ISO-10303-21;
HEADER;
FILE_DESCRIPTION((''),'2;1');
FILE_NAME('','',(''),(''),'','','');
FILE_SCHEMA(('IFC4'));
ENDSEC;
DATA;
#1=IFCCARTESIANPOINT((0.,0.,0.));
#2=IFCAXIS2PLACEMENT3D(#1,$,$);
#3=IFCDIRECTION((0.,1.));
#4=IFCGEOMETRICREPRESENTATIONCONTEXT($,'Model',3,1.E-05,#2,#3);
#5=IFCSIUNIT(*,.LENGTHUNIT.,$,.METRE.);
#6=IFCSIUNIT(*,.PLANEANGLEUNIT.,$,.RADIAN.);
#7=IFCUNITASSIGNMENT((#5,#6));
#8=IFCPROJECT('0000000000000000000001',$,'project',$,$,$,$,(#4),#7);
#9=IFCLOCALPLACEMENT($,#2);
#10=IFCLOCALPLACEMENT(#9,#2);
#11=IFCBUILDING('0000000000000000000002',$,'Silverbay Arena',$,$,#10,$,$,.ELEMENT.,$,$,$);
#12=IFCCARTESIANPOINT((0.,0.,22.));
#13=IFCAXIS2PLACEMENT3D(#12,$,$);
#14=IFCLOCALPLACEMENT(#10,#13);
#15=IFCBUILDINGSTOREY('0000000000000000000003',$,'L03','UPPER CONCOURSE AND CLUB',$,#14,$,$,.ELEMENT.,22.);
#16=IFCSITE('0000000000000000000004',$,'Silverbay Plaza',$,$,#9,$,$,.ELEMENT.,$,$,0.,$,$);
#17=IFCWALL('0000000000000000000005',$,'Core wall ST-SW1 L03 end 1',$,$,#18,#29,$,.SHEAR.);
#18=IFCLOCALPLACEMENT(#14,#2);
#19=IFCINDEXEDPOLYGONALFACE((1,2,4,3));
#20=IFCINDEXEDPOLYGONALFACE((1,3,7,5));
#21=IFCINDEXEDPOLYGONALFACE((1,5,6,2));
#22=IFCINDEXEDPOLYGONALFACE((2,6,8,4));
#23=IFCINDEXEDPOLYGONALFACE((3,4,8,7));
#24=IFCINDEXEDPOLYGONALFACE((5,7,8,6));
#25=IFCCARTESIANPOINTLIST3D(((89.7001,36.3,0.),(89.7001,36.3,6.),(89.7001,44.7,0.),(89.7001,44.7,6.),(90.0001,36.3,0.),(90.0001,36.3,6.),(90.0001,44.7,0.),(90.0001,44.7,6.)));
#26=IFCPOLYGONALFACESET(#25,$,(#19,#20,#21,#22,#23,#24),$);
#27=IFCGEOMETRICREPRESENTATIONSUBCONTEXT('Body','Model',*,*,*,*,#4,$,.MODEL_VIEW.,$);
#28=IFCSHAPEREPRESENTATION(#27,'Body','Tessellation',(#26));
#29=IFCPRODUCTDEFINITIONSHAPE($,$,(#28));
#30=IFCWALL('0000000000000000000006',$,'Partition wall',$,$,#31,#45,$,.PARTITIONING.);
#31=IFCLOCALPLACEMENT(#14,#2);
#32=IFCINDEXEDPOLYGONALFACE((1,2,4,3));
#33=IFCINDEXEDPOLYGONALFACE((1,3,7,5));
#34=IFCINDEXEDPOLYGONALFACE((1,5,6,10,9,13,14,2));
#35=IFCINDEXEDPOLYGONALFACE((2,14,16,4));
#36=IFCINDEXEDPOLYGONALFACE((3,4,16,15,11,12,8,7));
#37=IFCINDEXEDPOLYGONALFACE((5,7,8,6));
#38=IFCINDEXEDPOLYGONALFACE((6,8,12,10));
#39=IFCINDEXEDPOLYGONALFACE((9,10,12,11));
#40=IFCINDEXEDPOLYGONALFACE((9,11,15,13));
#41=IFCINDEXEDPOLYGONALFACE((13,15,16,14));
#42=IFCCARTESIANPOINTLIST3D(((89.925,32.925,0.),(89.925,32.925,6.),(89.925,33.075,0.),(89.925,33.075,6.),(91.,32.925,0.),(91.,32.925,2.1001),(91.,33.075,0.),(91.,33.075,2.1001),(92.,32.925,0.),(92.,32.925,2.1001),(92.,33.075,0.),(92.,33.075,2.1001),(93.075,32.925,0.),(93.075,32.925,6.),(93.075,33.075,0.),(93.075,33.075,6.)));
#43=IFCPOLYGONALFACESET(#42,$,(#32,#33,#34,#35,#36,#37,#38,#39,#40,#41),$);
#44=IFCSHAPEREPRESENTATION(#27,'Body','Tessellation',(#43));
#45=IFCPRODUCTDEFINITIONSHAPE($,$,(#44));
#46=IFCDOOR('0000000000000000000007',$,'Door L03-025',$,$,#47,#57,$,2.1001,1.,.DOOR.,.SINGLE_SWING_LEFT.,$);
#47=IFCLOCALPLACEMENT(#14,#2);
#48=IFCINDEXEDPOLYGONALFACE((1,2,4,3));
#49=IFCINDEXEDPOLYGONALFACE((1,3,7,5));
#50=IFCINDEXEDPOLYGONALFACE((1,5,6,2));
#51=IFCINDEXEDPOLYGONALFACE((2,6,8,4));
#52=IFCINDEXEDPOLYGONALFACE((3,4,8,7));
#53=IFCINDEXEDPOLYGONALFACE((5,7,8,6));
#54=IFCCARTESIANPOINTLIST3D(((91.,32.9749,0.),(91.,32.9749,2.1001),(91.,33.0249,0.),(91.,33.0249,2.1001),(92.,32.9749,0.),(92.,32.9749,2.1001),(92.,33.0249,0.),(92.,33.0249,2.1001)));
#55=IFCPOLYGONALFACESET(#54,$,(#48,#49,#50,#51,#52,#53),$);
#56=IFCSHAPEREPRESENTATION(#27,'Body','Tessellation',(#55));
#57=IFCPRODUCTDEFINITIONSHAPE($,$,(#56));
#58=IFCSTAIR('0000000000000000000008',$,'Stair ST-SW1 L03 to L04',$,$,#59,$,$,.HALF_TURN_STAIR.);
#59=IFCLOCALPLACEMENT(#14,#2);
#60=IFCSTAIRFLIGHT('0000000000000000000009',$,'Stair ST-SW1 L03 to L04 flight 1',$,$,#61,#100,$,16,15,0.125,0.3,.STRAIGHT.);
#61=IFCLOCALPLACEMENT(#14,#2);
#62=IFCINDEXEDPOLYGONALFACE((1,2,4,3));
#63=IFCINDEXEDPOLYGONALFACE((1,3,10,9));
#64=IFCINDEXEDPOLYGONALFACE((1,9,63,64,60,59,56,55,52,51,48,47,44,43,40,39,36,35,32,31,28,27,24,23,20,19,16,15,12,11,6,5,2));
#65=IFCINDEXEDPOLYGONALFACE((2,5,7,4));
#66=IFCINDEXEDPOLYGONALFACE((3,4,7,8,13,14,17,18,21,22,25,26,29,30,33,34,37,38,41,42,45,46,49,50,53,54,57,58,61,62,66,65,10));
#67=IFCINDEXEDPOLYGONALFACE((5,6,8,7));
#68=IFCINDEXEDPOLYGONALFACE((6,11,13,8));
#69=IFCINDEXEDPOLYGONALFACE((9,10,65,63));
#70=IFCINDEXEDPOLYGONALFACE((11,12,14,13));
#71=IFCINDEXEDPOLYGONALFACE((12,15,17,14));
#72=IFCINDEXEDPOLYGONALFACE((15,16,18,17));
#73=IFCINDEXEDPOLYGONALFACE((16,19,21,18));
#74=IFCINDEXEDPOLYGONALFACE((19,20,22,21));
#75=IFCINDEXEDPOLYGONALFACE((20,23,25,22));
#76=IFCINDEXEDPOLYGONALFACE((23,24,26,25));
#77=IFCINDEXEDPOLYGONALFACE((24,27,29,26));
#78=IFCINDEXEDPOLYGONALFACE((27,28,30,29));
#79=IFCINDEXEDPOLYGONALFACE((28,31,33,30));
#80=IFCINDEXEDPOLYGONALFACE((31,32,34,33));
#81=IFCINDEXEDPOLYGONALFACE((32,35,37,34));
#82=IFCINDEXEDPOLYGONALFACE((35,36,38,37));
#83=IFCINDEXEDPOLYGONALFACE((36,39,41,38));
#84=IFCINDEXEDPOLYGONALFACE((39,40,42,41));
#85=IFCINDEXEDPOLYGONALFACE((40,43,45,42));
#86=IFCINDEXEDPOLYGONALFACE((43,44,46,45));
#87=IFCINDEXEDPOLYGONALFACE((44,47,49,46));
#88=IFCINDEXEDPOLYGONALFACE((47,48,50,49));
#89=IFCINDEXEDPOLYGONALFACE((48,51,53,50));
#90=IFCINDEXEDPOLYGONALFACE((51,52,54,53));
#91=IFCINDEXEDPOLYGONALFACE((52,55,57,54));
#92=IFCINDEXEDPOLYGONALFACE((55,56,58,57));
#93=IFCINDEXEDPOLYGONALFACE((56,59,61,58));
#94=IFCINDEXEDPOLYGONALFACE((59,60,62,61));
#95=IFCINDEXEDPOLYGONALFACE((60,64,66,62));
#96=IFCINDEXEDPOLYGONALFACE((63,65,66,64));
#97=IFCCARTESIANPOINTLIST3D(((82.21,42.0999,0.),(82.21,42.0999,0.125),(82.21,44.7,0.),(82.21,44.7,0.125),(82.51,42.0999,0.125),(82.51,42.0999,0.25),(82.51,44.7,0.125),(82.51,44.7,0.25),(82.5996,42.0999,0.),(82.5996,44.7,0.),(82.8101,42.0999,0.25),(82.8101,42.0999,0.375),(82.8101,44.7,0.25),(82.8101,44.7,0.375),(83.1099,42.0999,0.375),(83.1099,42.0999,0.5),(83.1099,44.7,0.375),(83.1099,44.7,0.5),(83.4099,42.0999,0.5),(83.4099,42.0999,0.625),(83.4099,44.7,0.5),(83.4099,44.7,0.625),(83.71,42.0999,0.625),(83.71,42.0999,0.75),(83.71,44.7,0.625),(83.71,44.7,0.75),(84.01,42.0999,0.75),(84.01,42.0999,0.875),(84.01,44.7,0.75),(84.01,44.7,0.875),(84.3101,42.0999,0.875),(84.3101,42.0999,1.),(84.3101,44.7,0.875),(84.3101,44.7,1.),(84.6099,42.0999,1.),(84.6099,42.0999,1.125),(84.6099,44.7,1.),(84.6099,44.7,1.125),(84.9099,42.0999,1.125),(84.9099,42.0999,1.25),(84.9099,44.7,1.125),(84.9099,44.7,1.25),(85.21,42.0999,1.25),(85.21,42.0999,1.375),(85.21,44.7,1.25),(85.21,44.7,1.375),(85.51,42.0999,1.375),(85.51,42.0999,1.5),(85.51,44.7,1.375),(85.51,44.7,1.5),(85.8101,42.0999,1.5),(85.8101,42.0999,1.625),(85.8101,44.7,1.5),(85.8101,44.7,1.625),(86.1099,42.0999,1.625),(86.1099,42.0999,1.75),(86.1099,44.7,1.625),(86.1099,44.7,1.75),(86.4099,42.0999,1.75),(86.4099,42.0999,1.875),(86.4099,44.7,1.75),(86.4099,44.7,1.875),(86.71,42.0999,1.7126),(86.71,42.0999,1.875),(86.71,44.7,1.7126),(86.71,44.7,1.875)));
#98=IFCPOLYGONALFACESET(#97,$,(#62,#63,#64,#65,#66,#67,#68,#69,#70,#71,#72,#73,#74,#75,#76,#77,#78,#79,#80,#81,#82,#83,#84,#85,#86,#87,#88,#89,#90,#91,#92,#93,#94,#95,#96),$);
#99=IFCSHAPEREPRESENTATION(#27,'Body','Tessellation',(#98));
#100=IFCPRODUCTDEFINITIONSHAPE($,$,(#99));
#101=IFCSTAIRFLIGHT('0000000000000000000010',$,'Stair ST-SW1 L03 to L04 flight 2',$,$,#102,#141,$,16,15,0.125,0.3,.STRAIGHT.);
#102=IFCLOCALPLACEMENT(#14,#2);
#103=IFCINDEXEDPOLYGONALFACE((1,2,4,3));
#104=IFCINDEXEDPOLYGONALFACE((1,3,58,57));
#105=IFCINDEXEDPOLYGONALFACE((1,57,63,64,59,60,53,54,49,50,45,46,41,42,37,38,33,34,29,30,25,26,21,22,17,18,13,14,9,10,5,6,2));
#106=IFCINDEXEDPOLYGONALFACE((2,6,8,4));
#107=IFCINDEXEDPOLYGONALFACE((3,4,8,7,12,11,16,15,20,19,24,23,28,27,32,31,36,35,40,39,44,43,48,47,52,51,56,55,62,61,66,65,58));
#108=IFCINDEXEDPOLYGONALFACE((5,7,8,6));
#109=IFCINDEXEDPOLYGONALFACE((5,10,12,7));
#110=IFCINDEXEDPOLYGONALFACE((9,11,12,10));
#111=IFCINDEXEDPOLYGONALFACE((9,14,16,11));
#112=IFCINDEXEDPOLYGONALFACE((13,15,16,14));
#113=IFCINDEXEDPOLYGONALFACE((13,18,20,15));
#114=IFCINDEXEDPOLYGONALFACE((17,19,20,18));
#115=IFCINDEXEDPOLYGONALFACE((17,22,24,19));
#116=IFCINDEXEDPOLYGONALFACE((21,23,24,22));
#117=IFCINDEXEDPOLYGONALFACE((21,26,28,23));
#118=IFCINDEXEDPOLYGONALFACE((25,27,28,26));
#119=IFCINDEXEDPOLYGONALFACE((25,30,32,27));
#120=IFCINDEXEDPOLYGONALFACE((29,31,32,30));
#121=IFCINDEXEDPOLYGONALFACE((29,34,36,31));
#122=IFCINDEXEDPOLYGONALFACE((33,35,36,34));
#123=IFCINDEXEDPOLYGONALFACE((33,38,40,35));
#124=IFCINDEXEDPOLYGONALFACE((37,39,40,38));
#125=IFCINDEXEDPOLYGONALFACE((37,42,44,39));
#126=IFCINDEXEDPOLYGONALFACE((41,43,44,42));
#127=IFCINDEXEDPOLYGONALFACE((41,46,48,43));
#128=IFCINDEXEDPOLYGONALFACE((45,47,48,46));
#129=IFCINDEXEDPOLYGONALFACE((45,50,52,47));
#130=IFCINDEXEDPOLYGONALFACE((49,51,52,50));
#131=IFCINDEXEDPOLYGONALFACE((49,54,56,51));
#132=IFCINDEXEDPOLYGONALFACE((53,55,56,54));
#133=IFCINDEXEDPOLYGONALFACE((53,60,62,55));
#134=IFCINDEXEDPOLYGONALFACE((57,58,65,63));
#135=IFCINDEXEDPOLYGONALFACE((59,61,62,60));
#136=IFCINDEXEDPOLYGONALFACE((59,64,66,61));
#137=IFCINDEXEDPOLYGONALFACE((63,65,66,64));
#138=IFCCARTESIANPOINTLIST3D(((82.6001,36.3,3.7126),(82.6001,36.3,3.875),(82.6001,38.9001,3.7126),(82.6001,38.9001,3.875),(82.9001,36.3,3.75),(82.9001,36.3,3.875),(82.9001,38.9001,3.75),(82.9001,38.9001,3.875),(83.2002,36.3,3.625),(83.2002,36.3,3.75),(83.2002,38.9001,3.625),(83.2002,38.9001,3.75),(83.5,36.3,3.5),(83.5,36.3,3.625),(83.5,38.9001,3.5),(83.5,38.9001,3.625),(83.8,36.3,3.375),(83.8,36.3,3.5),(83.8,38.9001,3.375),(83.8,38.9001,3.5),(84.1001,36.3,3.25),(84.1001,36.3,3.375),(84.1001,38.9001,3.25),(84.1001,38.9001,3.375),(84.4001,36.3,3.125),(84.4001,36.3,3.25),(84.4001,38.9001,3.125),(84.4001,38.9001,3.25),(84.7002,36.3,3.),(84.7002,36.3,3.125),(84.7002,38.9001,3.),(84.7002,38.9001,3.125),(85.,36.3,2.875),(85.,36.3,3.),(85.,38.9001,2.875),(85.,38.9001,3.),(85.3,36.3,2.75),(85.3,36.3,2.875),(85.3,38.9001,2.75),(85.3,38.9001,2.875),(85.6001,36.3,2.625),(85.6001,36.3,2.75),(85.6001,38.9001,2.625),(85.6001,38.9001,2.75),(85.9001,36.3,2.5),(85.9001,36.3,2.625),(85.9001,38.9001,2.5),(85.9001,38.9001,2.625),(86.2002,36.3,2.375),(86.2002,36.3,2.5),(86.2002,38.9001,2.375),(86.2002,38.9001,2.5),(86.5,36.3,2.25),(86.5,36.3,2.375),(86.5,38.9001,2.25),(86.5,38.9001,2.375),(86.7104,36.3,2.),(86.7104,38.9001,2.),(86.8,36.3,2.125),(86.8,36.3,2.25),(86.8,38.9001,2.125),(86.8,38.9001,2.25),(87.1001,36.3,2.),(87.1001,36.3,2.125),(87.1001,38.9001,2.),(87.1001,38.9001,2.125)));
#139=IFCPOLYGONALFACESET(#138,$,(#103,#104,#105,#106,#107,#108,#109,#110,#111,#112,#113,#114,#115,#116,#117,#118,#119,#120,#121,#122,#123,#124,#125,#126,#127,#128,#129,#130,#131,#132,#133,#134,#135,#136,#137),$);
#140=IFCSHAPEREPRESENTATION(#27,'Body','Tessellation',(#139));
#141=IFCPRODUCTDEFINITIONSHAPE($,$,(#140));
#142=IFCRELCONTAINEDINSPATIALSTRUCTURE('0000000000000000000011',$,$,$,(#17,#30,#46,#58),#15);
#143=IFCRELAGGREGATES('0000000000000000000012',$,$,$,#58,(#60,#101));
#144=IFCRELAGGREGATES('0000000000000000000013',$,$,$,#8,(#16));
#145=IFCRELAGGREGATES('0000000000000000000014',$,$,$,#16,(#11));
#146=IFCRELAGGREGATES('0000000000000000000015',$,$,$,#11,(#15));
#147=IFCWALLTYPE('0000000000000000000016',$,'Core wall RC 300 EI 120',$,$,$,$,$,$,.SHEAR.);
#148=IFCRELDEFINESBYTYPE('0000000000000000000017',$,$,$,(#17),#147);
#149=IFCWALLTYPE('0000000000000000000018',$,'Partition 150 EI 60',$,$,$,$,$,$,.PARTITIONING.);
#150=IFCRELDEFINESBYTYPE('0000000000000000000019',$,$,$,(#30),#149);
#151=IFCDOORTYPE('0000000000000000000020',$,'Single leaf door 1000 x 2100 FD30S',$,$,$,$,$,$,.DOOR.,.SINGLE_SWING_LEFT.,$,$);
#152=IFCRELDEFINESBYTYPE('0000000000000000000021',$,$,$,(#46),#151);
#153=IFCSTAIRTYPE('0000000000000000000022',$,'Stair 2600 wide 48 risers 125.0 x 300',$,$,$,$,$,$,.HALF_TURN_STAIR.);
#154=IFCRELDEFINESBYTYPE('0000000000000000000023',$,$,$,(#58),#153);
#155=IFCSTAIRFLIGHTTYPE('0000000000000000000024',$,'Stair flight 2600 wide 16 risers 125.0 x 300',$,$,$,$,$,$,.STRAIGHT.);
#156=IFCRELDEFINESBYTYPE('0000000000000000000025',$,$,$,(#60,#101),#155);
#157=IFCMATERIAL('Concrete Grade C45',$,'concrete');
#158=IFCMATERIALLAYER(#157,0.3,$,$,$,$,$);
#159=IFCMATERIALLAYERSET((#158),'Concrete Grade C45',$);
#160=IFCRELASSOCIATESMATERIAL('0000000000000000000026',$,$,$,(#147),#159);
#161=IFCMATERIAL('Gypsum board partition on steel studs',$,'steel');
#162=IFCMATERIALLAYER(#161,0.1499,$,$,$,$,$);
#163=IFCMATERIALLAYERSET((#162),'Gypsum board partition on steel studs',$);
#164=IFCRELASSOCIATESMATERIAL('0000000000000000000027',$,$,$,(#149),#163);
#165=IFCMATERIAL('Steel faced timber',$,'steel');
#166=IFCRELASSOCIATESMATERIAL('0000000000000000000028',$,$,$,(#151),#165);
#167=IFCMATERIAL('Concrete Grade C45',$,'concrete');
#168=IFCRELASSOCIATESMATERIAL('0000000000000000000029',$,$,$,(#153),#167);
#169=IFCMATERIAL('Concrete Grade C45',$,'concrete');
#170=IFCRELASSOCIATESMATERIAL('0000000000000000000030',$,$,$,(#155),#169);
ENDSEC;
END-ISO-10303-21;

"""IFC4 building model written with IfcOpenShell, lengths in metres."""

from ifc_helpers import new_model, si_unit, direction, frame, frame_2d, origin, place, context, subcontext, project, spatial, polyline, rectangle, outline, extrude, material, layer, layer_set, type_object, element, fill, aggregate, save


model = new_model("IFC4")

# Units and contexts
model_context = context("Model", 3, precision=1e-05, world=origin(), true_north=direction((0.0, 1.0)))
body_context = subcontext(model_context, "Body", "Model", "MODEL_VIEW")
ifc_project = project(units=[si_unit("LENGTHUNIT", "METRE"), si_unit("PLANEANGLEUNIT", "RADIAN")], contexts=[model_context])

# Site, building, storey
site_placement = place(None, origin())
site = spatial("IfcSite", under=ifc_project, at=site_placement, Name="Silverbay Plaza", CompositionType="ELEMENT", RefElevation=0.0)
building_placement = place(site_placement, origin())
building = spatial("IfcBuilding", under=site, at=building_placement, Name="Silverbay Arena", CompositionType="ELEMENT")
storey_placement = place(building_placement, frame((0.0, 0.0, 22.0)))
storey = spatial("IfcBuildingStorey", under=building, at=storey_placement, Name="L03", Description="UPPER CONCOURSE AND CLUB", CompositionType="ELEMENT", Elevation=22.0)

# Wall
ifc_material_1 = material(Name="Concrete Grade C45", Category="concrete")
ifc_layer_1 = layer(ifc_material_1, 0.3)
ifc_layer_set_1 = layer_set([ifc_layer_1], Name="Concrete Grade C45")
wall_type_1 = type_object("IfcWallType", Name="Core wall RC 300 EI 120", PredefinedType="SHEAR", material=ifc_layer_set_1)
wall_1_placement = place(storey_placement, frame((89.8501, 44.7, 0.0), z_axis=(0.0, 0.0, 1.0), x_axis=(0.0, -1.0, 0.0)))
element("IfcWall", 1, at=wall_1_placement, inside=storey, type_object=wall_type_1, Name="Core wall ST-SW1 L03 end 1", PredefinedType="SHEAR", context=body_context, shape_type="SweptSolid", body=[
    extrude(rectangle(XDim=8.3999, YDim=0.3, at=frame_2d((4.2, 0.0))), origin(), (0.0, 0.0, 1.0), 6.0),
])

# Wall, opening, door
ifc_material_2 = material(Name="Gypsum board partition on steel studs", Category="steel")
ifc_layer_2 = layer(ifc_material_2, 0.1499)
ifc_layer_set_2 = layer_set([ifc_layer_2], Name="Gypsum board partition on steel studs")
wall_type_2 = type_object("IfcWallType", Name="Partition 150 EI 60", PredefinedType="PARTITIONING", material=ifc_layer_set_2)
wall_2_placement = place(storey_placement, frame((89.925, 33.0, 0.0), z_axis=(0.0, 0.0, 1.0), x_axis=(1.0, 0.0, 0.0)))
wall_2 = element("IfcWall", 2, at=wall_2_placement, inside=storey, type_object=wall_type_2, Name="Partition wall", PredefinedType="PARTITIONING", context=body_context, shape_type="SweptSolid", body=[
    extrude(rectangle(XDim=3.1499, YDim=0.1499, at=frame_2d((1.575, 0.0))), origin(), (0.0, 0.0, 1.0), 6.0),
])
opening_placement = place(wall_2_placement, frame((1.075, 0.0, 0.0)))
opening = element("IfcOpeningElement", 3, at=opening_placement, cuts=wall_2, PredefinedType="OPENING", context=body_context, shape_type="SweptSolid", body=[
    extrude(rectangle(XDim=1.0, YDim=2.1001, at=frame_2d((0.5, 1.05))), frame((0.0, 0.085, 0.0), z_axis=(0.0, -1.0, 0.0), x_axis=(1.0, 0.0, 0.0)), (0.0, 0.0, 1.0), 0.1699),
])
ifc_material_3 = material(Name="Steel faced timber", Category="steel")
door_type = type_object("IfcDoorType", Name="Single leaf door 1000 x 2100 FD30S", OperationType="SINGLE_SWING_LEFT", PredefinedType="DOOR", material=ifc_material_3)
door_placement = place(opening_placement, origin())
door = element("IfcDoor", 4, at=door_placement, inside=storey, type_object=door_type, Name="Door L03-025", OperationType="SINGLE_SWING_LEFT", OverallHeight=2.1001, OverallWidth=1.0, PredefinedType="DOOR", context=body_context, shape_type="SweptSolid", body=[
    extrude(rectangle(XDim=1.0, YDim=2.1001, at=frame_2d((0.5, 1.05))), frame((0.0, 0.0249, 0.0), z_axis=(0.0, -1.0, 0.0), x_axis=(1.0, 0.0, 0.0)), (0.0, 0.0, 1.0), 0.05),
])
fill(opening, door)

# Stair, stair flights
ifc_material_4 = material(Name="Concrete Grade C45", Category="concrete")
stair_type = type_object("IfcStairType", Name="Stair 2600 wide 48 risers 125.0 x 300", PredefinedType="HALF_TURN_STAIR", material=ifc_material_4)
stair_placement = place(storey_placement, origin())
stair = element("IfcStair", 5, at=stair_placement, inside=storey, type_object=stair_type, Name="Stair ST-SW1 L03 to L04", PredefinedType="HALF_TURN_STAIR")
ifc_material_5 = material(Name="Concrete Grade C45", Category="concrete")
stair_flight_type = type_object("IfcStairFlightType", Name="Stair flight 2600 wide 16 risers 125.0 x 300", PredefinedType="STRAIGHT", material=ifc_material_5)
stair_flight_1_placement = place(storey_placement, frame((82.21, 43.3999, 0.0), z_axis=(0.0, 0.0, 1.0), x_axis=(1.0, 0.0, 0.0)))
stair_flight_1 = element("IfcStairFlight", 6, at=stair_flight_1_placement, type_object=stair_flight_type, Name="Stair ST-SW1 L03 to L04 flight 1", NumberOfRisers=16, NumberOfTreads=15, PredefinedType="STRAIGHT", RiserHeight=0.125, TreadLength=0.3, context=body_context, shape_type="SweptSolid", body=[
    extrude(outline(polyline([(0.0, 0.0), (0.0, 0.125), (0.3, 0.125), (0.3, 0.25), (0.6001, 0.25), (0.6001, 0.375), (0.8999, 0.375), (0.8999, 0.5), (1.2, 0.5), (1.2, 0.625), (1.5, 0.625), (1.5, 0.75), (1.8, 0.75), (1.8, 0.875), (2.1001, 0.875), (2.1001, 1.0), (2.3999, 1.0), (2.3999, 1.125), (2.7, 1.125), (2.7, 1.25), (3.0, 1.25), (3.0, 1.375), (3.3, 1.375), (3.3, 1.5), (3.6001, 1.5), (3.6001, 1.625), (3.8999, 1.625), (3.8999, 1.75), (4.2, 1.75), (4.2, 1.875), (4.5, 1.875), (4.5, 1.7126), (0.3896, 0.0), (0.0, 0.0)])), frame((0.0, 1.3, 0.0), z_axis=(0.0, -1.0, 0.0), x_axis=(1.0, 0.0, 0.0)), (0.0, 0.0, 1.0), 2.6001),
])
stair_flight_2_placement = place(storey_placement, frame((87.1001, 37.6001, 2.0), z_axis=(0.0, 0.0, 1.0), x_axis=(-1.0, 0.0, 0.0)))
stair_flight_2 = element("IfcStairFlight", 7, at=stair_flight_2_placement, type_object=stair_flight_type, Name="Stair ST-SW1 L03 to L04 flight 2", NumberOfRisers=16, NumberOfTreads=15, PredefinedType="STRAIGHT", RiserHeight=0.125, TreadLength=0.3, context=body_context, shape_type="SweptSolid", body=[
    extrude(outline(polyline([(0.0, 0.0), (0.0, 0.125), (0.3, 0.125), (0.3, 0.25), (0.6001, 0.25), (0.6001, 0.375), (0.8999, 0.375), (0.8999, 0.5), (1.2, 0.5), (1.2, 0.625), (1.5, 0.625), (1.5, 0.75), (1.8, 0.75), (1.8, 0.875), (2.1001, 0.875), (2.1001, 1.0), (2.3999, 1.0), (2.3999, 1.125), (2.7, 1.125), (2.7, 1.25), (3.0, 1.25), (3.0, 1.375), (3.3, 1.375), (3.3, 1.5), (3.6001, 1.5), (3.6001, 1.625), (3.8999, 1.625), (3.8999, 1.75), (4.2, 1.75), (4.2, 1.875), (4.5, 1.875), (4.5, 1.7126), (0.3896, 0.0), (0.0, 0.0)])), frame((0.0, 1.3, 0.0), z_axis=(0.0, -1.0, 0.0), x_axis=(1.0, 0.0, 0.0)), (0.0, 0.0, 1.0), 2.6001),
])
aggregate(stair, [stair_flight_1, stair_flight_2])

save(model, "model.ifc")
